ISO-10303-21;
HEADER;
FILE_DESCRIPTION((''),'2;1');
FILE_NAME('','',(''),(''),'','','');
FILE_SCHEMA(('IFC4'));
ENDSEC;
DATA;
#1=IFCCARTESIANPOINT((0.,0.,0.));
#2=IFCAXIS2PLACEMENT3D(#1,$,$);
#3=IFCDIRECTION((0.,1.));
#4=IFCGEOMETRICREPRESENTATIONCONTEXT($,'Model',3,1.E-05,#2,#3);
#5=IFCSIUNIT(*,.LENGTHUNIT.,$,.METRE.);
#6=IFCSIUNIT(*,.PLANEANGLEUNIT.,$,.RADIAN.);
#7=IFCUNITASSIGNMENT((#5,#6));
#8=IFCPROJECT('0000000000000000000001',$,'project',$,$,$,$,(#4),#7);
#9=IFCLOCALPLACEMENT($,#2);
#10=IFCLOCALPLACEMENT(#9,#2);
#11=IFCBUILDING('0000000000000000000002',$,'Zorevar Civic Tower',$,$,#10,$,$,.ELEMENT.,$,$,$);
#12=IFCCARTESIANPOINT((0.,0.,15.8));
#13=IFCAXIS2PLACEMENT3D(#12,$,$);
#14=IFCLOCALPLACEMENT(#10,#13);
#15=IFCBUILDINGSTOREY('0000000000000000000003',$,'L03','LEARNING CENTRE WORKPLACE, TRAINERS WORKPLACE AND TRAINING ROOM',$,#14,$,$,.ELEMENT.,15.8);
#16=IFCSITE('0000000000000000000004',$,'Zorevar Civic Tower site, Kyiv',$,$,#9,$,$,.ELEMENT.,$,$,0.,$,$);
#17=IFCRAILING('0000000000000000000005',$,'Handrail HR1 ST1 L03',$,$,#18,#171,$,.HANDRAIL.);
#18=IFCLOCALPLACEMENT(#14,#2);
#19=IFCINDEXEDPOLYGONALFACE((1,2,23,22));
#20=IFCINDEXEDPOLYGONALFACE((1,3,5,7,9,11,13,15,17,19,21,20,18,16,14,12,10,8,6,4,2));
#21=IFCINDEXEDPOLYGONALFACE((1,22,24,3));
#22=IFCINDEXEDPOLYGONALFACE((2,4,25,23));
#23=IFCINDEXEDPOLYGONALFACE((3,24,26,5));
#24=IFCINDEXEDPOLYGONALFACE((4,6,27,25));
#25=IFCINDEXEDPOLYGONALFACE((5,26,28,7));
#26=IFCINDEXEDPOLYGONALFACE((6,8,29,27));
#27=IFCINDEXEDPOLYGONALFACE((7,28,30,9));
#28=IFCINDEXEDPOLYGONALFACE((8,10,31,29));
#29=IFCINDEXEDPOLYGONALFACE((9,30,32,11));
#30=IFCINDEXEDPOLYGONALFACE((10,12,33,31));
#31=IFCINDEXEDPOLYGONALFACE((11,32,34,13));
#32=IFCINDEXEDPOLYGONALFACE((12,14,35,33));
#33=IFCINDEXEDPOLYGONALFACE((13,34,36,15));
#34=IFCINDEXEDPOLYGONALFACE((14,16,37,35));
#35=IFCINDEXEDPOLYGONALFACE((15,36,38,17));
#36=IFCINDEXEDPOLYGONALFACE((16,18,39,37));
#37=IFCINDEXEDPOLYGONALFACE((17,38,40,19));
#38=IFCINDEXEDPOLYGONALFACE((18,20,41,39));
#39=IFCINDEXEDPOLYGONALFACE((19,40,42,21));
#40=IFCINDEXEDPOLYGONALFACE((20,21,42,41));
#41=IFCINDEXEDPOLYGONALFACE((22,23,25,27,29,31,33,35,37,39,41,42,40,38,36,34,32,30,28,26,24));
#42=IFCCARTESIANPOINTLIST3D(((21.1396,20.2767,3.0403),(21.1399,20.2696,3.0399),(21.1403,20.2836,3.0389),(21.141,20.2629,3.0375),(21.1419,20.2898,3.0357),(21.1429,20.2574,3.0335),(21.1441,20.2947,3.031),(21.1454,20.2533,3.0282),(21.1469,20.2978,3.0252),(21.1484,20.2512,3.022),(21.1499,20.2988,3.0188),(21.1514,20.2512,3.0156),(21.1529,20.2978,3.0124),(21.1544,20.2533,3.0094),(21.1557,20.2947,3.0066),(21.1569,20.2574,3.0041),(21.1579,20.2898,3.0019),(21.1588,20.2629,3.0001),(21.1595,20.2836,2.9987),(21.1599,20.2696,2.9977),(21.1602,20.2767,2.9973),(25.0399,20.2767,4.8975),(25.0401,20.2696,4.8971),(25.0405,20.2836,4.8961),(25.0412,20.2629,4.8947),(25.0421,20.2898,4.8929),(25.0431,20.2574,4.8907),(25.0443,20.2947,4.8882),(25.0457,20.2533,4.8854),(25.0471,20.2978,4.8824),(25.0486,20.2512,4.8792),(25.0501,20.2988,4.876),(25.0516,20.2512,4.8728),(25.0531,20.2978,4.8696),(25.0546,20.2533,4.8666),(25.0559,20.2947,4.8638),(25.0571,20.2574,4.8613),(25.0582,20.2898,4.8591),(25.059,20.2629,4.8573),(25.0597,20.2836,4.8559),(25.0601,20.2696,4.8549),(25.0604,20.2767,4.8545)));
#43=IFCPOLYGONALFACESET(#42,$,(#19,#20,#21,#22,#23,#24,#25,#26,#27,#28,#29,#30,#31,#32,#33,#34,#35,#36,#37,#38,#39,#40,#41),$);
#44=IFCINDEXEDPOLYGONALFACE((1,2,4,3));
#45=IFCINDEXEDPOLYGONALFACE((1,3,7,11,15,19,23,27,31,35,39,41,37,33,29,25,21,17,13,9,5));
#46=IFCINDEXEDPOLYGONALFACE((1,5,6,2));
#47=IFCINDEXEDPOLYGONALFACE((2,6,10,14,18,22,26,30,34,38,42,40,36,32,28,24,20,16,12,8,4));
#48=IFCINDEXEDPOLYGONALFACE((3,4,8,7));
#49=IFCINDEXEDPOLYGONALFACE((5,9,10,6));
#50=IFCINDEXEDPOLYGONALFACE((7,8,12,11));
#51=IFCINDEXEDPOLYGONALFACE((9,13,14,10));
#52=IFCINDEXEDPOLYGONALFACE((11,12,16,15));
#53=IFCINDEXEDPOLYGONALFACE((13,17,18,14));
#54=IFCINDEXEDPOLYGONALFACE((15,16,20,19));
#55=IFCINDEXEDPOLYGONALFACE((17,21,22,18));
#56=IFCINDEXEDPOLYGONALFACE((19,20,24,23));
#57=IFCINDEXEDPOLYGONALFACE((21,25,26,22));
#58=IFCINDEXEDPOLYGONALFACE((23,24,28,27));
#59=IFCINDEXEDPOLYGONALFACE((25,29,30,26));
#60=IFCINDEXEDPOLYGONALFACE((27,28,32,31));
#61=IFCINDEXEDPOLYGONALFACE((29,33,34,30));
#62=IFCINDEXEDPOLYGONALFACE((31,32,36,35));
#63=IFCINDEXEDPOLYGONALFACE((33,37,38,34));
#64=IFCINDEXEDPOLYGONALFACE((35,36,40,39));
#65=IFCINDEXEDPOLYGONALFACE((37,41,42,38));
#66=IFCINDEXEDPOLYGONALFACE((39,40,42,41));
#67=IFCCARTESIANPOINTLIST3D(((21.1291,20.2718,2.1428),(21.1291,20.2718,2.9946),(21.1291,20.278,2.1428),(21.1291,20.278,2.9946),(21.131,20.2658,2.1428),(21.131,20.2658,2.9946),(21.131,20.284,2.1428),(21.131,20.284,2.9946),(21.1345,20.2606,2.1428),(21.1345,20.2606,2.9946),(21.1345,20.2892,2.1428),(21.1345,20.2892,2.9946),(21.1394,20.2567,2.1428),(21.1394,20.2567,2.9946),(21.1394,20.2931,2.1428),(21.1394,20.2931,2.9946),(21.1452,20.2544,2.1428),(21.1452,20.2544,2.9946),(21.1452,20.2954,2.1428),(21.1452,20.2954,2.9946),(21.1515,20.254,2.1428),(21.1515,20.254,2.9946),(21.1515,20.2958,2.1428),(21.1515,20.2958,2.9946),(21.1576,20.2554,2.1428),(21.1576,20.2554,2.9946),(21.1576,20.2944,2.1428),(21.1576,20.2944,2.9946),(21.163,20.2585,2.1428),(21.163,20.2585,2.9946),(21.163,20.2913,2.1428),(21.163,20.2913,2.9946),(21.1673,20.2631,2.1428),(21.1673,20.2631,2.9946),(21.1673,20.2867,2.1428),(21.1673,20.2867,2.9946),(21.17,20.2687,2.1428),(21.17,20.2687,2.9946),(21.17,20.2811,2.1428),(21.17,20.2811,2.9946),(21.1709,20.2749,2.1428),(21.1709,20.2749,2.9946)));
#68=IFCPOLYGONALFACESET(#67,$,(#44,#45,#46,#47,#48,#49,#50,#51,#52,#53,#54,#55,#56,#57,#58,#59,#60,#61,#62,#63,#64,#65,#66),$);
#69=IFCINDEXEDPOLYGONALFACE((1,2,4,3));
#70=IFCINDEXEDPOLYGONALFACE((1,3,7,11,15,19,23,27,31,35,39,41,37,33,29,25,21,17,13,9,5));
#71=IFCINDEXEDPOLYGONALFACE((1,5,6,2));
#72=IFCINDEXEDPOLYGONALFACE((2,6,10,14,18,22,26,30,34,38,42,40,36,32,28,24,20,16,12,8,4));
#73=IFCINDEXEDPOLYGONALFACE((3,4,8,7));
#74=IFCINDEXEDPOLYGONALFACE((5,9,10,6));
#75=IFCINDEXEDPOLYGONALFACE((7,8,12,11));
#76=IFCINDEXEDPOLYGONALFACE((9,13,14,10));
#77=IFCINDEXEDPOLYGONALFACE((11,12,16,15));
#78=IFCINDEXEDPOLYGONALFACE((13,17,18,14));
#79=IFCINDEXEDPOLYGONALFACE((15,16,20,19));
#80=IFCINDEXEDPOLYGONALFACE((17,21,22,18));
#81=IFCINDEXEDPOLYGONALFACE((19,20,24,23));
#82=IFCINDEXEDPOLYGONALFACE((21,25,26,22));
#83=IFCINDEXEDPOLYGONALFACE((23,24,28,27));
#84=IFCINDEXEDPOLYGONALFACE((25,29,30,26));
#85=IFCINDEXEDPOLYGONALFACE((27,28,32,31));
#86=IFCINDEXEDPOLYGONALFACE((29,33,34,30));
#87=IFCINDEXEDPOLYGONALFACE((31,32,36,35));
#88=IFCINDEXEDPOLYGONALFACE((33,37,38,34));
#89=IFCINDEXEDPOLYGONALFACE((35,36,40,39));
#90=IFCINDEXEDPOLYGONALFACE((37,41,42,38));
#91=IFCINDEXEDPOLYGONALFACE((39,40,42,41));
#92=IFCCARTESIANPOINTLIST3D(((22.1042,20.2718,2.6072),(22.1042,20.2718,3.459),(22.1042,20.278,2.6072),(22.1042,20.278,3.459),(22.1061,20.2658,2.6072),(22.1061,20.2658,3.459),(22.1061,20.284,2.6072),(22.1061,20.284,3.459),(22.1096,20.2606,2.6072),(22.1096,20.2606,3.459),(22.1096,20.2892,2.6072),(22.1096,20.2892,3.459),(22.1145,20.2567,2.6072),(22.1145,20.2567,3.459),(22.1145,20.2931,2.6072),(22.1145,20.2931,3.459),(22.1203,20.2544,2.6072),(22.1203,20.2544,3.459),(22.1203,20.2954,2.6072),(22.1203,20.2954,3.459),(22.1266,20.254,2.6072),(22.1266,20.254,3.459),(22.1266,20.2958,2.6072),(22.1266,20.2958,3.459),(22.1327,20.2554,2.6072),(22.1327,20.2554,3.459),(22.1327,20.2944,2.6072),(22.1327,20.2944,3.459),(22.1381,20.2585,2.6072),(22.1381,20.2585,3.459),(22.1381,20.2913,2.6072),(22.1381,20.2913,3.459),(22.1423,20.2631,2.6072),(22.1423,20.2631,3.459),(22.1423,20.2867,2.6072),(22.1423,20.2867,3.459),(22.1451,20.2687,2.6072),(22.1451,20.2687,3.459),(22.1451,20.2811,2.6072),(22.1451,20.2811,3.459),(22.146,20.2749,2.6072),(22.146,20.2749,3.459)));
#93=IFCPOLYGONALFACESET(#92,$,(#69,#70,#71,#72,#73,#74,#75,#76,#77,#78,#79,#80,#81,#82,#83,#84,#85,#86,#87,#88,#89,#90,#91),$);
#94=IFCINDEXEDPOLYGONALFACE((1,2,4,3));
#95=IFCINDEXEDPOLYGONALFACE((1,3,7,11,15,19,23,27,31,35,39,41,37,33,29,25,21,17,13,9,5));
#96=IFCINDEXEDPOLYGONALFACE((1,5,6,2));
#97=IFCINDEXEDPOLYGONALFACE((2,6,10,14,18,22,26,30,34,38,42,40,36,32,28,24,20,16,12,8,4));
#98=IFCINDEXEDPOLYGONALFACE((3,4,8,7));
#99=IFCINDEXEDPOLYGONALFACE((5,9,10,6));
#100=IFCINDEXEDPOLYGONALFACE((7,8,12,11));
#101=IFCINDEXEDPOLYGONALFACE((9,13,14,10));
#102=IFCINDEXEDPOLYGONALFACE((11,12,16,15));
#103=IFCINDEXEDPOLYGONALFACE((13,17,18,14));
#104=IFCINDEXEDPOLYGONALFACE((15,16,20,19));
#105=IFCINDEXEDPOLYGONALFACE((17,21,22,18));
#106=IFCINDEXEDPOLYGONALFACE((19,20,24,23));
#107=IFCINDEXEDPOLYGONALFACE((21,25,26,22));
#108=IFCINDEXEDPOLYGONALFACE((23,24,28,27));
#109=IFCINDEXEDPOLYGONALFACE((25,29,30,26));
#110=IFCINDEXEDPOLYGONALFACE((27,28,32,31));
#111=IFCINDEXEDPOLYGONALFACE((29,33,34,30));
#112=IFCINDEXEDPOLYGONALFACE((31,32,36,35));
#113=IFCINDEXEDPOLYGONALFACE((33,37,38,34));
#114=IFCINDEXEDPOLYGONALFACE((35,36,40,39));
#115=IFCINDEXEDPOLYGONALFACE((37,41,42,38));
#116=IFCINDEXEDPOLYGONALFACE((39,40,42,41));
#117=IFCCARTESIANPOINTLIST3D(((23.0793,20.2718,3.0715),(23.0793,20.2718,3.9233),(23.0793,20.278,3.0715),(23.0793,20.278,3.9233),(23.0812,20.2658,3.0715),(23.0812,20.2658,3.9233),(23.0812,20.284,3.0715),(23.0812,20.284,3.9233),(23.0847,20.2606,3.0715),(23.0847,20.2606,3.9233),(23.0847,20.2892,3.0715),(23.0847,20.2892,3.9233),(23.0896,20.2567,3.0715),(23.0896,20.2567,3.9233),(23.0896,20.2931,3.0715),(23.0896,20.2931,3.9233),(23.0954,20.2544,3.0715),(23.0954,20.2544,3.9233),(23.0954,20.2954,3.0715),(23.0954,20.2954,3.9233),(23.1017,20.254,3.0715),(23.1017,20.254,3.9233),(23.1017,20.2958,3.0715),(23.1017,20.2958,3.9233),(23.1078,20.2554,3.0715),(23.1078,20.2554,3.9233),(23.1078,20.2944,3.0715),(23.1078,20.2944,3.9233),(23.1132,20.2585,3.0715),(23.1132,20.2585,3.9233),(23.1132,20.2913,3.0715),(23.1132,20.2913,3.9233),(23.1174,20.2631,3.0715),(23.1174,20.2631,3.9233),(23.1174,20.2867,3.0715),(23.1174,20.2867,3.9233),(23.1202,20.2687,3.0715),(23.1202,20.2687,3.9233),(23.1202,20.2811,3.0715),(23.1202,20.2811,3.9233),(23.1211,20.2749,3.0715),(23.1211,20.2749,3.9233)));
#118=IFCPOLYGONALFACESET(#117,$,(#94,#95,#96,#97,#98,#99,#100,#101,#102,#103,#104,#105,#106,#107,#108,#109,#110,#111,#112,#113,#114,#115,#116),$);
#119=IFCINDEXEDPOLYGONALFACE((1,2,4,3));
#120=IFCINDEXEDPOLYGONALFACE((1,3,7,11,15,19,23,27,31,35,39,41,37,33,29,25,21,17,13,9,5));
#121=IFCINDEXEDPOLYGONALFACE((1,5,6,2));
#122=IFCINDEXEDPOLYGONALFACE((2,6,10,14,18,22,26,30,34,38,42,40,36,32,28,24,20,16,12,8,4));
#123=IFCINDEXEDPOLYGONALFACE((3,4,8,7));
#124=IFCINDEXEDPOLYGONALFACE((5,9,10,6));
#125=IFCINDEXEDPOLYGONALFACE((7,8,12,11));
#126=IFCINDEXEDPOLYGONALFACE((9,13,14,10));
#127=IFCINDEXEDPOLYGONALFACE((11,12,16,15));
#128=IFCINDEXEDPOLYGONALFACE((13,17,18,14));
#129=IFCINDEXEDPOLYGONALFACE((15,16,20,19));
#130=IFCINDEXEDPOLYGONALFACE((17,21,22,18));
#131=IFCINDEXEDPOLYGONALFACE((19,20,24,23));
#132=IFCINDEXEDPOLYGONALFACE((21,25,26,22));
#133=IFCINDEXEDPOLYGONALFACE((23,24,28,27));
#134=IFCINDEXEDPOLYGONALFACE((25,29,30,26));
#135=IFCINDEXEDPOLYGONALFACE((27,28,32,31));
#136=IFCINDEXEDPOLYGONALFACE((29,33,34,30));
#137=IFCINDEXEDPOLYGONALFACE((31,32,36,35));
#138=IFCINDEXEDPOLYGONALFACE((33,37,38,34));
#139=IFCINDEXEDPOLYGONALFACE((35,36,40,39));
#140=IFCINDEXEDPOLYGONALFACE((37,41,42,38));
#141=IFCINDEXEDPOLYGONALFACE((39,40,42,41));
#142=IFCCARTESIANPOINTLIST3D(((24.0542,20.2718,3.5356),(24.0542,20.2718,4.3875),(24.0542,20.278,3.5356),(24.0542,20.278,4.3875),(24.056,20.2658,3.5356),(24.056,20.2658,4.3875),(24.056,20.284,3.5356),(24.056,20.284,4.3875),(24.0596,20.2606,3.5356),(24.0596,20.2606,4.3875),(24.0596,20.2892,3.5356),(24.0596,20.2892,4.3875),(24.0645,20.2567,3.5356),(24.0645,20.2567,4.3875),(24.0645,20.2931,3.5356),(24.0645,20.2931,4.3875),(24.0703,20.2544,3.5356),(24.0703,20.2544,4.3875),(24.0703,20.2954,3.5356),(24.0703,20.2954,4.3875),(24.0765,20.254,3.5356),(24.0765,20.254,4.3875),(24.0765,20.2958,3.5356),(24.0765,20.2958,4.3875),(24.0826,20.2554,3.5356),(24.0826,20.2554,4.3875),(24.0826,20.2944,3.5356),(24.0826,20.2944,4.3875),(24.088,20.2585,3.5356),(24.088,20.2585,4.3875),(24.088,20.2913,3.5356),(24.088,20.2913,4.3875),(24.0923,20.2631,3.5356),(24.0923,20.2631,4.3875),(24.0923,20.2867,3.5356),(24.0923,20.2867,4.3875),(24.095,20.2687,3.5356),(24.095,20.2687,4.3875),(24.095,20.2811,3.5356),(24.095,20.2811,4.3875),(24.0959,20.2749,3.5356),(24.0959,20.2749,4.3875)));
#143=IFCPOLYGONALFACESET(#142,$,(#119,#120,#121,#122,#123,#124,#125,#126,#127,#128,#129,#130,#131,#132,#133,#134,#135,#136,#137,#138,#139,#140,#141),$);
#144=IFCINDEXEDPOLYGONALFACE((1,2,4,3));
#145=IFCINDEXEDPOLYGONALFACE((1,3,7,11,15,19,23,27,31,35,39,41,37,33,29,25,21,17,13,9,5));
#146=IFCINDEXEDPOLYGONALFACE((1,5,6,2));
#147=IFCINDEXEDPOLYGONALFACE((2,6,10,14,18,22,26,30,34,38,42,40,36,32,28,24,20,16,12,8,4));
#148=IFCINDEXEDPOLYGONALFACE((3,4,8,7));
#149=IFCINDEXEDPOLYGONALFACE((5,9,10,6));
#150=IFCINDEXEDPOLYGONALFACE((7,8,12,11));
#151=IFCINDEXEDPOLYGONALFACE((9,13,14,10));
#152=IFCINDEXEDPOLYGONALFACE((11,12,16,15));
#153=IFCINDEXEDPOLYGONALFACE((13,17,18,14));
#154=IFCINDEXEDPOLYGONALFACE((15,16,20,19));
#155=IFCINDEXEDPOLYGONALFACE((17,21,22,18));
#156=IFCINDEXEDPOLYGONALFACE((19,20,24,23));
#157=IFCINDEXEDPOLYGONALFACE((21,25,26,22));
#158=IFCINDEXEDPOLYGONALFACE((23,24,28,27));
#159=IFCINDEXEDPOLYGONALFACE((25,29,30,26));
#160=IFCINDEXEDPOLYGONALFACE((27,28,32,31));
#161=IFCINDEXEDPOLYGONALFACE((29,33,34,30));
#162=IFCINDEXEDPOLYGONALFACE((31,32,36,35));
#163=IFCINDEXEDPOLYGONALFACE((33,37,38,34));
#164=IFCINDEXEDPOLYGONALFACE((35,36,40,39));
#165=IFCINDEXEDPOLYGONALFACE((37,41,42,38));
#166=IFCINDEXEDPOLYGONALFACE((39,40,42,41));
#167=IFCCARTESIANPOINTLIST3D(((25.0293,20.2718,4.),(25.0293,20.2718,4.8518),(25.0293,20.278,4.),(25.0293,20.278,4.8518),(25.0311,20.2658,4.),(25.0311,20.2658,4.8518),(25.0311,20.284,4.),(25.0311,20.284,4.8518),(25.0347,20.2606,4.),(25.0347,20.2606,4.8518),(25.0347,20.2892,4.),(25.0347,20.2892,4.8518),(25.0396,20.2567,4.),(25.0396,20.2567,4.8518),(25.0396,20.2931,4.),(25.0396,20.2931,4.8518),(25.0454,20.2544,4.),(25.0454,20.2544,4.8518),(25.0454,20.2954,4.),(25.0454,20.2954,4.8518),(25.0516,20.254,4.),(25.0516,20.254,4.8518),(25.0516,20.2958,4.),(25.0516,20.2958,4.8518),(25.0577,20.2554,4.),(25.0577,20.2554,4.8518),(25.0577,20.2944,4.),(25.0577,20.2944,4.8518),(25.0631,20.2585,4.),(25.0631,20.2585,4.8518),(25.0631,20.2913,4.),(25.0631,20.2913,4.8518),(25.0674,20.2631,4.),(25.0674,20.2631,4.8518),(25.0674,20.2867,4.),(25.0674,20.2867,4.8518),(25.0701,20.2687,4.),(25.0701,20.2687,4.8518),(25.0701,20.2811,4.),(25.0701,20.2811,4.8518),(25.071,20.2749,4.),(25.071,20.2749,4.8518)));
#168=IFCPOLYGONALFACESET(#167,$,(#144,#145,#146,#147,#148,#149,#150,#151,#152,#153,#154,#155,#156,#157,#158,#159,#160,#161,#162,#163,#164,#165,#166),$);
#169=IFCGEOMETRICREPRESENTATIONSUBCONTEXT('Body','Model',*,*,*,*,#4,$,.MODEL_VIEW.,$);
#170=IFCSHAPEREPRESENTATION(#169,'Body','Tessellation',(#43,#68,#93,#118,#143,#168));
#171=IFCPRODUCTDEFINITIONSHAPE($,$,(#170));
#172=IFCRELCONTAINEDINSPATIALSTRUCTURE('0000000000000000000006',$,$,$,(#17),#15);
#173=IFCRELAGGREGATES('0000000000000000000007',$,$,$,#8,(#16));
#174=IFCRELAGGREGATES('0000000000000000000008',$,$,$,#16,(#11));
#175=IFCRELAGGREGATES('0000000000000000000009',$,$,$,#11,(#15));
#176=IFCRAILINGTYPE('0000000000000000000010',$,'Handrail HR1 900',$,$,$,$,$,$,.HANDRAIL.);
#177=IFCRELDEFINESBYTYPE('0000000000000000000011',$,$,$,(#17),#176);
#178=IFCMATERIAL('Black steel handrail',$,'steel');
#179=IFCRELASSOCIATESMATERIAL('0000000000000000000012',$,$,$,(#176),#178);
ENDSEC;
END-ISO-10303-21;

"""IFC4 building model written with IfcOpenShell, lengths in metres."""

from ifc_helpers import new_model, si_unit, direction, frame, origin, origin_2d, place, context, subcontext, project, spatial, circle, extrude, material, type_object, element, save


model = new_model("IFC4")

# Units and contexts
model_context = context("Model", 3, precision=1e-05, world=origin(), true_north=direction((0.0, 1.0)))
body_context = subcontext(model_context, "Body", "Model", "MODEL_VIEW")
ifc_project = project(units=[si_unit("LENGTHUNIT", "METRE"), si_unit("PLANEANGLEUNIT", "RADIAN")], contexts=[model_context])

# Site, building, storey
site_placement = place(None, origin())
site = spatial("IfcSite", under=ifc_project, at=site_placement, Name="Zorevar Civic Tower site, Kyiv", CompositionType="ELEMENT", RefElevation=0.0)
building_placement = place(site_placement, origin())
building = spatial("IfcBuilding", under=site, at=building_placement, Name="Zorevar Civic Tower", CompositionType="ELEMENT")
storey_placement = place(building_placement, frame((0.0, 0.0, 15.8)))
storey = spatial("IfcBuildingStorey", under=building, at=storey_placement, Name="L03", Description="LEARNING CENTRE WORKPLACE, TRAINERS WORKPLACE AND TRAINING ROOM", CompositionType="ELEMENT", Elevation=15.8)

# Railing
ifc_material_1 = material(Name="Black steel handrail", Category="steel")
railing_type = type_object("IfcRailingType", Name="Handrail HR1 900", PredefinedType="HANDRAIL", material=ifc_material_1)
railing_1_placement = place(storey_placement, frame((21.1499, 20.2749, 2.1428)))
element("IfcRailing", 1, at=railing_1_placement, inside=storey, type_object=railing_type, Name="Handrail HR1 ST1 L03", PredefinedType="HANDRAIL", context=body_context, shape_type="SweptSolid", body=[
    extrude(circle(Radius=0.0239, at=origin_2d()), frame((0.0, 0.0, 0.876), z_axis=(0.902864, 0.0, 0.429927), x_axis=(0.0, 1.0, 0.0)), (0.0, 0.0, 1.0), 4.3198),
    extrude(circle(Radius=0.021, at=origin_2d()), origin(), (0.0, 0.0, 1.0), 0.8518),
    extrude(circle(Radius=0.021, at=origin_2d()), frame((0.9751, 0.0, 0.4644)), (0.0, 0.0, 1.0), 0.8518),
    extrude(circle(Radius=0.021, at=origin_2d()), frame((1.9502, 0.0, 0.9287)), (0.0, 0.0, 1.0), 0.8518),
    extrude(circle(Radius=0.021, at=origin_2d()), frame((2.925, 0.0, 1.3928)), (0.0, 0.0, 1.0), 0.8518),
    extrude(circle(Radius=0.021, at=origin_2d()), frame((3.9001, 0.0, 1.8572)), (0.0, 0.0, 1.0), 0.8518),
])

save(model, "model.ifc")
